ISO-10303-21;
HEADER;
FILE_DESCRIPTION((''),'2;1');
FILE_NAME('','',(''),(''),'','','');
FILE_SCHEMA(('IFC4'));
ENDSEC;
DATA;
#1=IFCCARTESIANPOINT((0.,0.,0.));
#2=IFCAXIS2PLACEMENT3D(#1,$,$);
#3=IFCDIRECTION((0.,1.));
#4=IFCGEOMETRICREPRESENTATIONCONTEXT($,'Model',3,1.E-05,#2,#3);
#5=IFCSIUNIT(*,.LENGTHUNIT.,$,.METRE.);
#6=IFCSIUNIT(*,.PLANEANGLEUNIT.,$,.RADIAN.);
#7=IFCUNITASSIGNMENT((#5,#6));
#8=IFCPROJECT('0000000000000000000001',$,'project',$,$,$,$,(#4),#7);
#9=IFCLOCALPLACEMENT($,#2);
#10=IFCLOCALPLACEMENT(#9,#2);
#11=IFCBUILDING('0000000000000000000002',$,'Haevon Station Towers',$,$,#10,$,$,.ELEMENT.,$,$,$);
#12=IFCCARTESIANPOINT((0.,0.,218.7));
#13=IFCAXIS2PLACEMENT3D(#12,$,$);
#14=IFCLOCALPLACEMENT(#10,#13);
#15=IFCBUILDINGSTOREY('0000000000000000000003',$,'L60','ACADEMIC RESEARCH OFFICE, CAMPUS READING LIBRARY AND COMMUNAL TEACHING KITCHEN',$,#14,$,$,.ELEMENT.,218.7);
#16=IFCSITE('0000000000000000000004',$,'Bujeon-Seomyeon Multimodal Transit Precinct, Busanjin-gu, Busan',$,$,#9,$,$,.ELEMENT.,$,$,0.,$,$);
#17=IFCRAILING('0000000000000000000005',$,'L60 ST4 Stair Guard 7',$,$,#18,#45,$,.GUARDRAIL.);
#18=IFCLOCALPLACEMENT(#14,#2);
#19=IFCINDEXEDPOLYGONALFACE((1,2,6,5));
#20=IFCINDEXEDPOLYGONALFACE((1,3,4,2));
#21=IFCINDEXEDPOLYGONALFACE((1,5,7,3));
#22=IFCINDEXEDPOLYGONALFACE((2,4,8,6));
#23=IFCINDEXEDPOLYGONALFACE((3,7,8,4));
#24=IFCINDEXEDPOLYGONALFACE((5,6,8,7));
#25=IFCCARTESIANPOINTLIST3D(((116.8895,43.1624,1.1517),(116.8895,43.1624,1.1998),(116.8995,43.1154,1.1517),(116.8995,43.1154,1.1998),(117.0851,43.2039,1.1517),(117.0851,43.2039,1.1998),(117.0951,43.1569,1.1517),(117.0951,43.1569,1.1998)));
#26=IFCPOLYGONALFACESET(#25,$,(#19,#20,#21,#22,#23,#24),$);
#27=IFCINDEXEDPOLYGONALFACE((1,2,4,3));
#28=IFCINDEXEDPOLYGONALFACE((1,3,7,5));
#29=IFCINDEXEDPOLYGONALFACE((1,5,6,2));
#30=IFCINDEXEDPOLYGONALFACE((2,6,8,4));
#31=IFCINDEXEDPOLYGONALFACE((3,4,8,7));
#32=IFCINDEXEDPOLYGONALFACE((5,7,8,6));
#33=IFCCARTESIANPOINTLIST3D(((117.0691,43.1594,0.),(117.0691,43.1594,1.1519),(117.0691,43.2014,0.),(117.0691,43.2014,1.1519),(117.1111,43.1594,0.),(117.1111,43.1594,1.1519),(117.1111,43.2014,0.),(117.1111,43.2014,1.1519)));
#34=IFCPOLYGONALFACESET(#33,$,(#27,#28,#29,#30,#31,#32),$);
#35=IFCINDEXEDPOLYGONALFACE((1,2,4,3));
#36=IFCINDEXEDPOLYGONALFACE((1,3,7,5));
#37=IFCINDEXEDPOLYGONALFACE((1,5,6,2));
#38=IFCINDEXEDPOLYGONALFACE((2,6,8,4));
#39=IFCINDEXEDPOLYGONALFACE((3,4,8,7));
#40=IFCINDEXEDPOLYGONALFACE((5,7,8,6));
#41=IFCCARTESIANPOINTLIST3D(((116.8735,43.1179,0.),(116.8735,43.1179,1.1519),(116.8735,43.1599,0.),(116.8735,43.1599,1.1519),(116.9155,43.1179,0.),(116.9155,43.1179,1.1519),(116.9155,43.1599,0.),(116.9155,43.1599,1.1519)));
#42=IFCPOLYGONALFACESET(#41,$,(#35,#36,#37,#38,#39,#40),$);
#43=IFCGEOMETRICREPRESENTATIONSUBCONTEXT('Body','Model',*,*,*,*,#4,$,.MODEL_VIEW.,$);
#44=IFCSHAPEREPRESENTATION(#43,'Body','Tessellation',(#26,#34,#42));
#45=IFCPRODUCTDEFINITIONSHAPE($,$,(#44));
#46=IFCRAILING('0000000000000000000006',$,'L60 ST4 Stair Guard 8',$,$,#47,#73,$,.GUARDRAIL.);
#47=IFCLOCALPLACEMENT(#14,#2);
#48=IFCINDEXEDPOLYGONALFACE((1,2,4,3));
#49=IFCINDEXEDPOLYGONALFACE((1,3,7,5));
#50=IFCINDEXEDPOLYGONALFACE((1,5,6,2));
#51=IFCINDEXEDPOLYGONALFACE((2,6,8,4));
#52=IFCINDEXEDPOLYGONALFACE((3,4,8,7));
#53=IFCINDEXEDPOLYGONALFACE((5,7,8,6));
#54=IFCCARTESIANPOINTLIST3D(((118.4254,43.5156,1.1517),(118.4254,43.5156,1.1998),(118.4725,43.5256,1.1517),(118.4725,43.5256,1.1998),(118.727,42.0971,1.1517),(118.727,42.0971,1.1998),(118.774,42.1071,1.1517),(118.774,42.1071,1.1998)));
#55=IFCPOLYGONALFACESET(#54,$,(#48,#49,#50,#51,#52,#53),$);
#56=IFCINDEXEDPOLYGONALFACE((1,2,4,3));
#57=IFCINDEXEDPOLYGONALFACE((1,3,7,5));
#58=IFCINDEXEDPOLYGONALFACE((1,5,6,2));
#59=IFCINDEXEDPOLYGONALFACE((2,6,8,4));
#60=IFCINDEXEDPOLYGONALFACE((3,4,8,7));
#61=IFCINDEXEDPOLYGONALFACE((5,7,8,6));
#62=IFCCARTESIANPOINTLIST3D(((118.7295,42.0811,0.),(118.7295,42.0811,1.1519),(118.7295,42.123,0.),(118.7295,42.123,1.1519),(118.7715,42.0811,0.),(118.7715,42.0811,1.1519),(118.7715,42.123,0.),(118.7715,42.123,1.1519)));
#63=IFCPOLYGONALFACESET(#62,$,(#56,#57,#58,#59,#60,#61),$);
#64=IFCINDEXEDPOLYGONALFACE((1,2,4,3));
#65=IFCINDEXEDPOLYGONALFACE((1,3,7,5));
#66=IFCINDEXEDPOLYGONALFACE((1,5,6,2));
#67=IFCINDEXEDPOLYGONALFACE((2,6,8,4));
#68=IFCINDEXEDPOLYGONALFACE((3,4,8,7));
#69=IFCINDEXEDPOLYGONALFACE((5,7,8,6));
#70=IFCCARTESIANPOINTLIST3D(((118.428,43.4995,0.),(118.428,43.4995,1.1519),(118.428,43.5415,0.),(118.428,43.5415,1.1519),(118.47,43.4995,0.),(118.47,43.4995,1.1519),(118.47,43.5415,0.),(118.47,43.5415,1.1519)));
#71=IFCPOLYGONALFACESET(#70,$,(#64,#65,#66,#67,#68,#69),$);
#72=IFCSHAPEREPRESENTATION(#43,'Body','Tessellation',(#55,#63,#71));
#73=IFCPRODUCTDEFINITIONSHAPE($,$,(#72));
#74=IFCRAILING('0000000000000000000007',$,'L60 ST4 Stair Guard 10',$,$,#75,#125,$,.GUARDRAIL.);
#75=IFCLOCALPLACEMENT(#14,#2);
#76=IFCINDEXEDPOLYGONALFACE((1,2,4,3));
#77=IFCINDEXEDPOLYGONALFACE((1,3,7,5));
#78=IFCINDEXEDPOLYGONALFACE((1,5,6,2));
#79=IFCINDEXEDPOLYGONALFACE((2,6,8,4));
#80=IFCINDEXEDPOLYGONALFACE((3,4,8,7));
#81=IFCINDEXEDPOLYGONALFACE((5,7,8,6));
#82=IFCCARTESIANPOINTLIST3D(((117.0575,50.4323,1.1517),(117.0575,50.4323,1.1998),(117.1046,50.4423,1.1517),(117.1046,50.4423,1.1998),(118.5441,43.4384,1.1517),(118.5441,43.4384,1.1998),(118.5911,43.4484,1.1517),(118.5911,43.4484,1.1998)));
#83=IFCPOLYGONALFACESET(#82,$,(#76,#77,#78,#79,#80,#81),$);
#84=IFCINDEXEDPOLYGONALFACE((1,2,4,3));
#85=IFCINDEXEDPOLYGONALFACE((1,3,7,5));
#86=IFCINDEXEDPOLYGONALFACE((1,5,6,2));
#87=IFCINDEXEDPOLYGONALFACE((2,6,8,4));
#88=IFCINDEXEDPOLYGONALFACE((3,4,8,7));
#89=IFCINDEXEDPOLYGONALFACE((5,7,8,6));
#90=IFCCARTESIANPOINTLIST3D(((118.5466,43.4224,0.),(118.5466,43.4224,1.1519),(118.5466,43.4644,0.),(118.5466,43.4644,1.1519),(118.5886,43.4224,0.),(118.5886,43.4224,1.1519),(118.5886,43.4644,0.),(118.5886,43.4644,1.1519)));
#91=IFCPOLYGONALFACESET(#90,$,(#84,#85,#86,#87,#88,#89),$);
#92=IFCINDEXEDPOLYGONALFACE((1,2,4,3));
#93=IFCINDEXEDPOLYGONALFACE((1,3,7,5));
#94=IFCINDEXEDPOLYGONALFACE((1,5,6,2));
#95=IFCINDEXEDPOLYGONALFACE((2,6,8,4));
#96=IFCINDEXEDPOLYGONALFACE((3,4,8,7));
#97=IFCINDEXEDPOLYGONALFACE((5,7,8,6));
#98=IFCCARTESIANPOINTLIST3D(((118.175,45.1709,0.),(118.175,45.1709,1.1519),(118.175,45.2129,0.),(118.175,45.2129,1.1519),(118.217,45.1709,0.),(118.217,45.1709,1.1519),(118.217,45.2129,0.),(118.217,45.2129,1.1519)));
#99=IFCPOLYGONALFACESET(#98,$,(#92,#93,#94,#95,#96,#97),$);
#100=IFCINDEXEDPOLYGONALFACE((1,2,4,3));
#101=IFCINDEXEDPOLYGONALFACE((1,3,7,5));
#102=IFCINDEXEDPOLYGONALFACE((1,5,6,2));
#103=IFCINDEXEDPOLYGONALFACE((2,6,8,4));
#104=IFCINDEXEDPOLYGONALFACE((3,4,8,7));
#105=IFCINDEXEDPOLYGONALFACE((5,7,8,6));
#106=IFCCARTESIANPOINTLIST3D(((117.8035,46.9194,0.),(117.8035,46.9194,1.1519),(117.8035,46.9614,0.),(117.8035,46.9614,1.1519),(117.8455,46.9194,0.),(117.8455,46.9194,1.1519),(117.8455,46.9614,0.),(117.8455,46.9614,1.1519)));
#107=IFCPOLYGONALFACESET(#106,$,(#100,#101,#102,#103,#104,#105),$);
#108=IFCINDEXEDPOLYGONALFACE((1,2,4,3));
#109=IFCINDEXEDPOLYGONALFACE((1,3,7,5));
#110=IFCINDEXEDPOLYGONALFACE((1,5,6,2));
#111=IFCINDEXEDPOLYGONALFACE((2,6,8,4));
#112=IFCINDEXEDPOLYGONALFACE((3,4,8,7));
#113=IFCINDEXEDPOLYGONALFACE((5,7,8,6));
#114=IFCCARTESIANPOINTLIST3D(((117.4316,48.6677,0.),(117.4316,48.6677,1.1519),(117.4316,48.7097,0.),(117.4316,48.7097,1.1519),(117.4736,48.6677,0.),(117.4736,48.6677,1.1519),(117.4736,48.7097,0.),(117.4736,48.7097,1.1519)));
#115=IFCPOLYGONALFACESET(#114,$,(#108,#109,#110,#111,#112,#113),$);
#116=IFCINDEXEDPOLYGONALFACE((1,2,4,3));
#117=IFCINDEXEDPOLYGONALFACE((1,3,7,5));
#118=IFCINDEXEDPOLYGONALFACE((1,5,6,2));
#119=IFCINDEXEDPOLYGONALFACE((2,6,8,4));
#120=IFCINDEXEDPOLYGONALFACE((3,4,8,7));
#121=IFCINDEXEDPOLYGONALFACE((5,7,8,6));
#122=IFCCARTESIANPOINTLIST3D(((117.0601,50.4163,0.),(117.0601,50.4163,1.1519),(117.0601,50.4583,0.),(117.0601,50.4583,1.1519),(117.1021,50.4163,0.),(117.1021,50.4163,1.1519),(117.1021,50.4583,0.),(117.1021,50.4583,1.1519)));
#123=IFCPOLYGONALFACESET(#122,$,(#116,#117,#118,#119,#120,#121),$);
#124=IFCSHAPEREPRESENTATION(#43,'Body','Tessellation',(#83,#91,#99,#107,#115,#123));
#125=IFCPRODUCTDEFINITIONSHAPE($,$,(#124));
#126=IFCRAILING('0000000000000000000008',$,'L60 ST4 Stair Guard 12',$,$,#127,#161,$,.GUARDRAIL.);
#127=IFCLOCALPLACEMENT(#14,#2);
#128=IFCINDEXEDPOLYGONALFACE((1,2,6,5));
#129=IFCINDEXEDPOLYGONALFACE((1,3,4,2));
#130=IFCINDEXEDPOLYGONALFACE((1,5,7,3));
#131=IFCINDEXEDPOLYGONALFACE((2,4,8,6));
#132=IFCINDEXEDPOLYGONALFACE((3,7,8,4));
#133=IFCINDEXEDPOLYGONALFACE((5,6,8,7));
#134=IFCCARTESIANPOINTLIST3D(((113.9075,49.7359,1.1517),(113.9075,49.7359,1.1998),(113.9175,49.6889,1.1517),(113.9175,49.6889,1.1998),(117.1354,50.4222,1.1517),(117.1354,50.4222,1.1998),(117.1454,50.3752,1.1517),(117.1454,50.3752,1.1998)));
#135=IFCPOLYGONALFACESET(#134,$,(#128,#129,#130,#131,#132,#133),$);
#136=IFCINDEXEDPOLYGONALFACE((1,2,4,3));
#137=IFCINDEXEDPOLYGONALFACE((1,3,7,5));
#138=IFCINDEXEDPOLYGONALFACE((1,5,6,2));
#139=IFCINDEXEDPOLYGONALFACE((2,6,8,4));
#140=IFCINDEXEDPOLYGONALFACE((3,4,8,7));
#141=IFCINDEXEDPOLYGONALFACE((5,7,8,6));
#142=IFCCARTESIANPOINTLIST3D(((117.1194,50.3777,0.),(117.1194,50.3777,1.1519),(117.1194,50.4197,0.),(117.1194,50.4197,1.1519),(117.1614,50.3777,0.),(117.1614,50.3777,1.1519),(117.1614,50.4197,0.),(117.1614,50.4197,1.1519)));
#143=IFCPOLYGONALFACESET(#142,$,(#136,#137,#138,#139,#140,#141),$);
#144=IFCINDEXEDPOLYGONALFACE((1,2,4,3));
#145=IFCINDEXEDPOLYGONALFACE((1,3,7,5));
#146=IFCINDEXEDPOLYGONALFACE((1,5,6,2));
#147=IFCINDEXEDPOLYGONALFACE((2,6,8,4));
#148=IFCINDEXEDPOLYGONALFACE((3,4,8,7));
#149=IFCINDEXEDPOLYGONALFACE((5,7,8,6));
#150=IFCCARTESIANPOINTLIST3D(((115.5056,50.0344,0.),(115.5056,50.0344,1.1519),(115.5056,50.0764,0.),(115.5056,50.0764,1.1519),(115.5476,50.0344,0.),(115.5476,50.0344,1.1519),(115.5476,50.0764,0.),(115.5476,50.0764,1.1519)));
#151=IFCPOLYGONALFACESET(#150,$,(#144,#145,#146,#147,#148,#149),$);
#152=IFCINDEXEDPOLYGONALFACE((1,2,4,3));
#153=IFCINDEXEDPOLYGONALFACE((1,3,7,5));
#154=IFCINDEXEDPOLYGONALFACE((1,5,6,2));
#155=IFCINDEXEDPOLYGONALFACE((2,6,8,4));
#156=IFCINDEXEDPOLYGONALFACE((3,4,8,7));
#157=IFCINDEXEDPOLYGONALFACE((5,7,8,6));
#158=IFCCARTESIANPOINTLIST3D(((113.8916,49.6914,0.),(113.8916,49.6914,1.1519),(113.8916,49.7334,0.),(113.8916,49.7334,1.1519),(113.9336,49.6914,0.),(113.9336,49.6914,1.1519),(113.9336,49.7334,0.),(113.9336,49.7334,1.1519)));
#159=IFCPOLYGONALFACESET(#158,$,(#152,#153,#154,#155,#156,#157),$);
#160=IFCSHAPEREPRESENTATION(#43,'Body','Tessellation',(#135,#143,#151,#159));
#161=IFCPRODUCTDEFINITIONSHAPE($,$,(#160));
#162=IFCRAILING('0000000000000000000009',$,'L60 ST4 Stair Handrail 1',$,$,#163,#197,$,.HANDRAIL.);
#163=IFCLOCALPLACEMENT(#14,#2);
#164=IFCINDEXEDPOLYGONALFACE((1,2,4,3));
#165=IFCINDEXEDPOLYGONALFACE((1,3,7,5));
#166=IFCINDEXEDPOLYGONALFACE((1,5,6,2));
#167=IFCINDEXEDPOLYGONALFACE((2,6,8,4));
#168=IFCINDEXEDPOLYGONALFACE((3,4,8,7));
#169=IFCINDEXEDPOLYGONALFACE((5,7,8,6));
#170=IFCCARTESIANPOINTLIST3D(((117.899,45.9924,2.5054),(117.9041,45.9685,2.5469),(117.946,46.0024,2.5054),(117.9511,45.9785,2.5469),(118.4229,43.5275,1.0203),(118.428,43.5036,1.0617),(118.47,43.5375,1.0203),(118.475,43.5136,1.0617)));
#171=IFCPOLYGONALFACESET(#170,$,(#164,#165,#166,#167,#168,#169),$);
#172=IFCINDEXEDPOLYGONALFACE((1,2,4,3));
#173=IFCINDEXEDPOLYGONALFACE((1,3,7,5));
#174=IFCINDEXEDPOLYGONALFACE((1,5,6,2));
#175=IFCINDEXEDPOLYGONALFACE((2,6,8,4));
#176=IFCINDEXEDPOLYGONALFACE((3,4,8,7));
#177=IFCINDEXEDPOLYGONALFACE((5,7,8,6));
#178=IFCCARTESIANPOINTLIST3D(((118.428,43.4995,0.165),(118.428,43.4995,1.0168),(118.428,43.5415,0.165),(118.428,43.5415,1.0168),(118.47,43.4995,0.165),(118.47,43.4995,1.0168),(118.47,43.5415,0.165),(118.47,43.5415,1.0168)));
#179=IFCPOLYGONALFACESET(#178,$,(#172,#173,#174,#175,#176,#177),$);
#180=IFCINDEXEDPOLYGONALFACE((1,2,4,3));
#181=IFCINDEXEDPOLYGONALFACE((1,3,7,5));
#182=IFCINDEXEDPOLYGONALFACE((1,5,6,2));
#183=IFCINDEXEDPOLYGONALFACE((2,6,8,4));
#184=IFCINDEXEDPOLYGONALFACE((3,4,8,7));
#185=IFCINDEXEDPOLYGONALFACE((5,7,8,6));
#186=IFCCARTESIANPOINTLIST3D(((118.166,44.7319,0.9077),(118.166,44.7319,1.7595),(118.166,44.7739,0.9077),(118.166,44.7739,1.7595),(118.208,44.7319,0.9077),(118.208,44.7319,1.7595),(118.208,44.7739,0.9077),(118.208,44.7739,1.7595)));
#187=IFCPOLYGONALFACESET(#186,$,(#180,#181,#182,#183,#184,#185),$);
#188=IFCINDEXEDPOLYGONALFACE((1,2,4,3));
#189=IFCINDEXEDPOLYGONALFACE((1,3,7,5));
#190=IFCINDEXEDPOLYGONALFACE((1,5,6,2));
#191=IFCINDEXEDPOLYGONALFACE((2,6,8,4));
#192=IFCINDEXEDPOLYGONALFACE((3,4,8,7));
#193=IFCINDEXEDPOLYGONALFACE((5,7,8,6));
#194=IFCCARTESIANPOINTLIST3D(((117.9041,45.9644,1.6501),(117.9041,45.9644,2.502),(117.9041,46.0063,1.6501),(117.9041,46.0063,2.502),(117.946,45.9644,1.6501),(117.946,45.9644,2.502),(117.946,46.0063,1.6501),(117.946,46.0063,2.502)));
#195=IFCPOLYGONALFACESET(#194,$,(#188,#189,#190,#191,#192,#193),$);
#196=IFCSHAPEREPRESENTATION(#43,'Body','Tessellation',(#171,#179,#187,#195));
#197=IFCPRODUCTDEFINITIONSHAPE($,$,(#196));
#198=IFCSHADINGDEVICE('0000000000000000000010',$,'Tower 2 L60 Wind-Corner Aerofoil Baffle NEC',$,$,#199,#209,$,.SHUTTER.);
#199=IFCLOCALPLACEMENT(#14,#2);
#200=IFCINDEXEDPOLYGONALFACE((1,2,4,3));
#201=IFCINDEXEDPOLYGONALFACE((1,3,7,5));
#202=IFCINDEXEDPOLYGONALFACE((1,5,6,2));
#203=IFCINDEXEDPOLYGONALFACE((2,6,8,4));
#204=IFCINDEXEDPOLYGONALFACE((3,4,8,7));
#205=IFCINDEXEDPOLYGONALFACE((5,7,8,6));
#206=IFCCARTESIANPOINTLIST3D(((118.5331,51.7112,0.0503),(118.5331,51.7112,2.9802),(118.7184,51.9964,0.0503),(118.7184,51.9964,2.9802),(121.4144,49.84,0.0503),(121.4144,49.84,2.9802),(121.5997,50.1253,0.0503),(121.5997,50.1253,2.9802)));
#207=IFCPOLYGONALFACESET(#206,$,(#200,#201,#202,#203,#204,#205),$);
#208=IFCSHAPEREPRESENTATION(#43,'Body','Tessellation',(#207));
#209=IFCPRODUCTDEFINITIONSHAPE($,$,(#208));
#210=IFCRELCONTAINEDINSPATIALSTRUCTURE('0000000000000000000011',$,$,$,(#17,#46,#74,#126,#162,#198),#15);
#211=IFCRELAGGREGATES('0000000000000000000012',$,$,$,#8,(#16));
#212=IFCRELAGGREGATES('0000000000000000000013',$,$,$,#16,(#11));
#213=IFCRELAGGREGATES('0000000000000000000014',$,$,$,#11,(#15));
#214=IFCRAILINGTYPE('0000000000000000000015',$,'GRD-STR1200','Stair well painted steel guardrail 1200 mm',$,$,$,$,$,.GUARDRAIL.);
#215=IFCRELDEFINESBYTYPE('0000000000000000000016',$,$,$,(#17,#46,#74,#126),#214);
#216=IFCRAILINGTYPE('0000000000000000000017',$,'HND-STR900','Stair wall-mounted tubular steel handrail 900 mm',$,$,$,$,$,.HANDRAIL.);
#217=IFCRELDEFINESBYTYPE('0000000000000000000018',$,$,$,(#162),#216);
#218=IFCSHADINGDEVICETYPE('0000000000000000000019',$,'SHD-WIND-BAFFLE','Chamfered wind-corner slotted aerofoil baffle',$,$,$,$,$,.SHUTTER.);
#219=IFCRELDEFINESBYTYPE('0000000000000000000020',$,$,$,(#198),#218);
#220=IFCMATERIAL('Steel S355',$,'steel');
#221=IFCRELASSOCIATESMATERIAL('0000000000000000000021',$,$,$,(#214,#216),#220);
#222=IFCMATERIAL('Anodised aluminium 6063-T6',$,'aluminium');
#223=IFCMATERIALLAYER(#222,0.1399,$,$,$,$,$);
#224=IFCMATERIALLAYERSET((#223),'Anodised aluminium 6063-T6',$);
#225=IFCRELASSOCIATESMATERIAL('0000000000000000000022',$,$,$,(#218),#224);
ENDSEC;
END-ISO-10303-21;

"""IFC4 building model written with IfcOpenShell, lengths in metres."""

from ifc_helpers import new_model, si_unit, direction, frame, origin, origin_2d, place, context, subcontext, project, spatial, rectangle, extrude, material, layer, layer_set, type_object, element, save


model = new_model("IFC4")

# Units and contexts
model_context = context("Model", 3, precision=1e-05, world=origin(), true_north=direction((0.0, 1.0)))
body_context = subcontext(model_context, "Body", "Model", "MODEL_VIEW")
ifc_project = project(units=[si_unit("LENGTHUNIT", "METRE"), si_unit("PLANEANGLEUNIT", "RADIAN")], contexts=[model_context])

# Site, building, storey
site_placement = place(None, origin())
site = spatial("IfcSite", under=ifc_project, at=site_placement, Name="Bujeon-Seomyeon Multimodal Transit Precinct, Busanjin-gu, Busan", CompositionType="ELEMENT", RefElevation=0.0)
building_placement = place(site_placement, origin())
building = spatial("IfcBuilding", under=site, at=building_placement, Name="Haevon Station Towers", CompositionType="ELEMENT")
storey_placement = place(building_placement, frame((0.0, 0.0, 218.7)))
storey = spatial("IfcBuildingStorey", under=building, at=storey_placement, Name="L60", Description="ACADEMIC RESEARCH OFFICE, CAMPUS READING LIBRARY AND COMMUNAL TEACHING KITCHEN", CompositionType="ELEMENT", Elevation=218.7)

# Shared definitions
ifc_material_1 = material(Name="Steel S355", Category="steel")

# Railings
railing_type_1 = type_object("IfcRailingType", Name="GRD-STR1200", Description="Stair well painted steel guardrail 1200 mm", PredefinedType="GUARDRAIL", material=ifc_material_1)
railing_1_placement = place(storey_placement, frame((117.0901, 43.1804, 0.0)))
element("IfcRailing", 1, at=railing_1_placement, inside=storey, type_object=railing_type_1, Name="L60 ST4 Stair Guard 7", PredefinedType="GUARDRAIL", context=body_context, shape_type="SweptSolid", body=[
    extrude(rectangle(XDim=0.0481, YDim=0.0481, at=origin_2d()), frame((0.0, 0.0, 1.1758), z_axis=(-0.978212, -0.20761, 0.0), x_axis=(0.20761, -0.978212, 0.0)), (0.0, 0.0, 1.0), 0.2),
    extrude(rectangle(XDim=0.042, YDim=0.042, at=origin_2d()), origin(), (0.0, 0.0, 1.0), 1.1519),
    extrude(rectangle(XDim=0.042, YDim=0.042, at=origin_2d()), frame((-0.1956, -0.0415, 0.0)), (0.0, 0.0, 1.0), 1.1519),
])
railing_2_placement = place(storey_placement, frame((118.7505, 42.1021, 0.0)))
element("IfcRailing", 2, at=railing_2_placement, inside=storey, type_object=railing_type_1, Name="L60 ST4 Stair Guard 8", PredefinedType="GUARDRAIL", context=body_context, shape_type="SweptSolid", body=[
    extrude(rectangle(XDim=0.0481, YDim=0.0481, at=origin_2d()), frame((0.0, 0.0, 1.1758), z_axis=(-0.207919, 0.978146, 0.0), x_axis=(-0.978146, -0.207919, 0.0)), (0.0, 0.0, 1.0), 1.4502),
    extrude(rectangle(XDim=0.042, YDim=0.042, at=origin_2d()), origin(), (0.0, 0.0, 1.0), 1.1519),
    extrude(rectangle(XDim=0.042, YDim=0.042, at=origin_2d()), frame((-0.3015, 1.4185, 0.0)), (0.0, 0.0, 1.0), 1.1519),
])
railing_3_placement = place(storey_placement, frame((118.5676, 43.4434, 0.0)))
element("IfcRailing", 3, at=railing_3_placement, inside=storey, type_object=railing_type_1, Name="L60 ST4 Stair Guard 10", PredefinedType="GUARDRAIL", context=body_context, shape_type="SweptSolid", body=[
    extrude(rectangle(XDim=0.0481, YDim=0.0481, at=origin_2d()), frame((0.0, 0.0, 1.1758), z_axis=(-0.207908, 0.978148, 0.0), x_axis=(-0.978148, -0.207908, 0.0)), (0.0, 0.0, 1.0), 7.1501),
    extrude(rectangle(XDim=0.042, YDim=0.042, at=origin_2d()), origin(), (0.0, 0.0, 1.0), 1.1519),
    extrude(rectangle(XDim=0.042, YDim=0.042, at=origin_2d()), frame((-0.3716, 1.7485, 0.0)), (0.0, 0.0, 1.0), 1.1519),
    extrude(rectangle(XDim=0.042, YDim=0.042, at=origin_2d()), frame((-0.7432, 3.4971, 0.0)), (0.0, 0.0, 1.0), 1.1519),
    extrude(rectangle(XDim=0.042, YDim=0.042, at=origin_2d()), frame((-1.115, 5.2454, 0.0)), (0.0, 0.0, 1.0), 1.1519),
    extrude(rectangle(XDim=0.042, YDim=0.042, at=origin_2d()), frame((-1.4866, 6.9939, 0.0)), (0.0, 0.0, 1.0), 1.1519),
])
railing_4_placement = place(storey_placement, frame((117.1404, 50.3987, 0.0)))
element("IfcRailing", 4, at=railing_4_placement, inside=storey, type_object=railing_type_1, Name="L60 ST4 Stair Guard 12", PredefinedType="GUARDRAIL", context=body_context, shape_type="SweptSolid", body=[
    extrude(rectangle(XDim=0.0481, YDim=0.0481, at=origin_2d()), frame((0.0, 0.0, 1.1758), z_axis=(-0.978136, -0.207968, 0.0), x_axis=(0.207968, -0.978136, 0.0)), (0.0, 0.0, 1.0), 3.3),
    extrude(rectangle(XDim=0.042, YDim=0.042, at=origin_2d()), origin(), (0.0, 0.0, 1.0), 1.1519),
    extrude(rectangle(XDim=0.042, YDim=0.042, at=origin_2d()), frame((-1.6138, -0.3433, 0.0)), (0.0, 0.0, 1.0), 1.1519),
    extrude(rectangle(XDim=0.042, YDim=0.042, at=origin_2d()), frame((-3.2278, -0.6863, 0.0)), (0.0, 0.0, 1.0), 1.1519),
])
railing_type_2 = type_object("IfcRailingType", Name="HND-STR900", Description="Stair wall-mounted tubular steel handrail 900 mm", PredefinedType="HANDRAIL", material=ifc_material_1)
railing_5_placement = place(storey_placement, frame((118.449, 43.5205, 0.165)))
element("IfcRailing", 5, at=railing_5_placement, inside=storey, type_object=railing_type_2, Name="L60 ST4 Stair Handrail 1", PredefinedType="HANDRAIL", context=body_context, shape_type="SweptSolid", body=[
    extrude(rectangle(XDim=0.0481, YDim=0.0481, at=origin_2d()), frame((0.0, 0.0, 0.876), z_axis=(-0.179121, 0.842688, 0.507733), x_axis=(-0.978147, -0.207914, 0.0)), (0.0, 0.0, 1.0), 2.925),
    extrude(rectangle(XDim=0.042, YDim=0.042, at=origin_2d()), origin(), (0.0, 0.0, 1.0), 0.8518),
    extrude(rectangle(XDim=0.042, YDim=0.042, at=origin_2d()), frame((-0.262, 1.2324, 0.7427)), (0.0, 0.0, 1.0), 0.8518),
    extrude(rectangle(XDim=0.042, YDim=0.042, at=origin_2d()), frame((-0.5239, 2.4648, 1.4851)), (0.0, 0.0, 1.0), 0.8518),
])

# Shading device
ifc_material_2 = material(Name="Anodised aluminium 6063-T6", Category="aluminium")
ifc_layer_1 = layer(ifc_material_2, 0.1399)
ifc_layer_set_1 = layer_set([ifc_layer_1], Name="Anodised aluminium 6063-T6")
shading_device_type = type_object("IfcShadingDeviceType", Name="SHD-WIND-BAFFLE", Description="Chamfered wind-corner slotted aerofoil baffle", PredefinedType="SHUTTER", material=ifc_layer_set_1)
shading_device_placement = place(storey_placement, frame((120.0664, 50.9182, 0.0503), z_axis=(0.0, 0.0, 1.0), x_axis=(0.838671, -0.544639, 0.0)))
element("IfcShadingDevice", 6, at=shading_device_placement, inside=storey, type_object=shading_device_type, Name="Tower 2 L60 Wind-Corner Aerofoil Baffle NEC", PredefinedType="SHUTTER", context=body_context, shape_type="SweptSolid", body=[
    extrude(rectangle(XDim=3.4355, YDim=0.3401, at=origin_2d()), origin(), (0.0, 0.0, 1.0), 2.9299),
])

save(model, "model.ifc")
